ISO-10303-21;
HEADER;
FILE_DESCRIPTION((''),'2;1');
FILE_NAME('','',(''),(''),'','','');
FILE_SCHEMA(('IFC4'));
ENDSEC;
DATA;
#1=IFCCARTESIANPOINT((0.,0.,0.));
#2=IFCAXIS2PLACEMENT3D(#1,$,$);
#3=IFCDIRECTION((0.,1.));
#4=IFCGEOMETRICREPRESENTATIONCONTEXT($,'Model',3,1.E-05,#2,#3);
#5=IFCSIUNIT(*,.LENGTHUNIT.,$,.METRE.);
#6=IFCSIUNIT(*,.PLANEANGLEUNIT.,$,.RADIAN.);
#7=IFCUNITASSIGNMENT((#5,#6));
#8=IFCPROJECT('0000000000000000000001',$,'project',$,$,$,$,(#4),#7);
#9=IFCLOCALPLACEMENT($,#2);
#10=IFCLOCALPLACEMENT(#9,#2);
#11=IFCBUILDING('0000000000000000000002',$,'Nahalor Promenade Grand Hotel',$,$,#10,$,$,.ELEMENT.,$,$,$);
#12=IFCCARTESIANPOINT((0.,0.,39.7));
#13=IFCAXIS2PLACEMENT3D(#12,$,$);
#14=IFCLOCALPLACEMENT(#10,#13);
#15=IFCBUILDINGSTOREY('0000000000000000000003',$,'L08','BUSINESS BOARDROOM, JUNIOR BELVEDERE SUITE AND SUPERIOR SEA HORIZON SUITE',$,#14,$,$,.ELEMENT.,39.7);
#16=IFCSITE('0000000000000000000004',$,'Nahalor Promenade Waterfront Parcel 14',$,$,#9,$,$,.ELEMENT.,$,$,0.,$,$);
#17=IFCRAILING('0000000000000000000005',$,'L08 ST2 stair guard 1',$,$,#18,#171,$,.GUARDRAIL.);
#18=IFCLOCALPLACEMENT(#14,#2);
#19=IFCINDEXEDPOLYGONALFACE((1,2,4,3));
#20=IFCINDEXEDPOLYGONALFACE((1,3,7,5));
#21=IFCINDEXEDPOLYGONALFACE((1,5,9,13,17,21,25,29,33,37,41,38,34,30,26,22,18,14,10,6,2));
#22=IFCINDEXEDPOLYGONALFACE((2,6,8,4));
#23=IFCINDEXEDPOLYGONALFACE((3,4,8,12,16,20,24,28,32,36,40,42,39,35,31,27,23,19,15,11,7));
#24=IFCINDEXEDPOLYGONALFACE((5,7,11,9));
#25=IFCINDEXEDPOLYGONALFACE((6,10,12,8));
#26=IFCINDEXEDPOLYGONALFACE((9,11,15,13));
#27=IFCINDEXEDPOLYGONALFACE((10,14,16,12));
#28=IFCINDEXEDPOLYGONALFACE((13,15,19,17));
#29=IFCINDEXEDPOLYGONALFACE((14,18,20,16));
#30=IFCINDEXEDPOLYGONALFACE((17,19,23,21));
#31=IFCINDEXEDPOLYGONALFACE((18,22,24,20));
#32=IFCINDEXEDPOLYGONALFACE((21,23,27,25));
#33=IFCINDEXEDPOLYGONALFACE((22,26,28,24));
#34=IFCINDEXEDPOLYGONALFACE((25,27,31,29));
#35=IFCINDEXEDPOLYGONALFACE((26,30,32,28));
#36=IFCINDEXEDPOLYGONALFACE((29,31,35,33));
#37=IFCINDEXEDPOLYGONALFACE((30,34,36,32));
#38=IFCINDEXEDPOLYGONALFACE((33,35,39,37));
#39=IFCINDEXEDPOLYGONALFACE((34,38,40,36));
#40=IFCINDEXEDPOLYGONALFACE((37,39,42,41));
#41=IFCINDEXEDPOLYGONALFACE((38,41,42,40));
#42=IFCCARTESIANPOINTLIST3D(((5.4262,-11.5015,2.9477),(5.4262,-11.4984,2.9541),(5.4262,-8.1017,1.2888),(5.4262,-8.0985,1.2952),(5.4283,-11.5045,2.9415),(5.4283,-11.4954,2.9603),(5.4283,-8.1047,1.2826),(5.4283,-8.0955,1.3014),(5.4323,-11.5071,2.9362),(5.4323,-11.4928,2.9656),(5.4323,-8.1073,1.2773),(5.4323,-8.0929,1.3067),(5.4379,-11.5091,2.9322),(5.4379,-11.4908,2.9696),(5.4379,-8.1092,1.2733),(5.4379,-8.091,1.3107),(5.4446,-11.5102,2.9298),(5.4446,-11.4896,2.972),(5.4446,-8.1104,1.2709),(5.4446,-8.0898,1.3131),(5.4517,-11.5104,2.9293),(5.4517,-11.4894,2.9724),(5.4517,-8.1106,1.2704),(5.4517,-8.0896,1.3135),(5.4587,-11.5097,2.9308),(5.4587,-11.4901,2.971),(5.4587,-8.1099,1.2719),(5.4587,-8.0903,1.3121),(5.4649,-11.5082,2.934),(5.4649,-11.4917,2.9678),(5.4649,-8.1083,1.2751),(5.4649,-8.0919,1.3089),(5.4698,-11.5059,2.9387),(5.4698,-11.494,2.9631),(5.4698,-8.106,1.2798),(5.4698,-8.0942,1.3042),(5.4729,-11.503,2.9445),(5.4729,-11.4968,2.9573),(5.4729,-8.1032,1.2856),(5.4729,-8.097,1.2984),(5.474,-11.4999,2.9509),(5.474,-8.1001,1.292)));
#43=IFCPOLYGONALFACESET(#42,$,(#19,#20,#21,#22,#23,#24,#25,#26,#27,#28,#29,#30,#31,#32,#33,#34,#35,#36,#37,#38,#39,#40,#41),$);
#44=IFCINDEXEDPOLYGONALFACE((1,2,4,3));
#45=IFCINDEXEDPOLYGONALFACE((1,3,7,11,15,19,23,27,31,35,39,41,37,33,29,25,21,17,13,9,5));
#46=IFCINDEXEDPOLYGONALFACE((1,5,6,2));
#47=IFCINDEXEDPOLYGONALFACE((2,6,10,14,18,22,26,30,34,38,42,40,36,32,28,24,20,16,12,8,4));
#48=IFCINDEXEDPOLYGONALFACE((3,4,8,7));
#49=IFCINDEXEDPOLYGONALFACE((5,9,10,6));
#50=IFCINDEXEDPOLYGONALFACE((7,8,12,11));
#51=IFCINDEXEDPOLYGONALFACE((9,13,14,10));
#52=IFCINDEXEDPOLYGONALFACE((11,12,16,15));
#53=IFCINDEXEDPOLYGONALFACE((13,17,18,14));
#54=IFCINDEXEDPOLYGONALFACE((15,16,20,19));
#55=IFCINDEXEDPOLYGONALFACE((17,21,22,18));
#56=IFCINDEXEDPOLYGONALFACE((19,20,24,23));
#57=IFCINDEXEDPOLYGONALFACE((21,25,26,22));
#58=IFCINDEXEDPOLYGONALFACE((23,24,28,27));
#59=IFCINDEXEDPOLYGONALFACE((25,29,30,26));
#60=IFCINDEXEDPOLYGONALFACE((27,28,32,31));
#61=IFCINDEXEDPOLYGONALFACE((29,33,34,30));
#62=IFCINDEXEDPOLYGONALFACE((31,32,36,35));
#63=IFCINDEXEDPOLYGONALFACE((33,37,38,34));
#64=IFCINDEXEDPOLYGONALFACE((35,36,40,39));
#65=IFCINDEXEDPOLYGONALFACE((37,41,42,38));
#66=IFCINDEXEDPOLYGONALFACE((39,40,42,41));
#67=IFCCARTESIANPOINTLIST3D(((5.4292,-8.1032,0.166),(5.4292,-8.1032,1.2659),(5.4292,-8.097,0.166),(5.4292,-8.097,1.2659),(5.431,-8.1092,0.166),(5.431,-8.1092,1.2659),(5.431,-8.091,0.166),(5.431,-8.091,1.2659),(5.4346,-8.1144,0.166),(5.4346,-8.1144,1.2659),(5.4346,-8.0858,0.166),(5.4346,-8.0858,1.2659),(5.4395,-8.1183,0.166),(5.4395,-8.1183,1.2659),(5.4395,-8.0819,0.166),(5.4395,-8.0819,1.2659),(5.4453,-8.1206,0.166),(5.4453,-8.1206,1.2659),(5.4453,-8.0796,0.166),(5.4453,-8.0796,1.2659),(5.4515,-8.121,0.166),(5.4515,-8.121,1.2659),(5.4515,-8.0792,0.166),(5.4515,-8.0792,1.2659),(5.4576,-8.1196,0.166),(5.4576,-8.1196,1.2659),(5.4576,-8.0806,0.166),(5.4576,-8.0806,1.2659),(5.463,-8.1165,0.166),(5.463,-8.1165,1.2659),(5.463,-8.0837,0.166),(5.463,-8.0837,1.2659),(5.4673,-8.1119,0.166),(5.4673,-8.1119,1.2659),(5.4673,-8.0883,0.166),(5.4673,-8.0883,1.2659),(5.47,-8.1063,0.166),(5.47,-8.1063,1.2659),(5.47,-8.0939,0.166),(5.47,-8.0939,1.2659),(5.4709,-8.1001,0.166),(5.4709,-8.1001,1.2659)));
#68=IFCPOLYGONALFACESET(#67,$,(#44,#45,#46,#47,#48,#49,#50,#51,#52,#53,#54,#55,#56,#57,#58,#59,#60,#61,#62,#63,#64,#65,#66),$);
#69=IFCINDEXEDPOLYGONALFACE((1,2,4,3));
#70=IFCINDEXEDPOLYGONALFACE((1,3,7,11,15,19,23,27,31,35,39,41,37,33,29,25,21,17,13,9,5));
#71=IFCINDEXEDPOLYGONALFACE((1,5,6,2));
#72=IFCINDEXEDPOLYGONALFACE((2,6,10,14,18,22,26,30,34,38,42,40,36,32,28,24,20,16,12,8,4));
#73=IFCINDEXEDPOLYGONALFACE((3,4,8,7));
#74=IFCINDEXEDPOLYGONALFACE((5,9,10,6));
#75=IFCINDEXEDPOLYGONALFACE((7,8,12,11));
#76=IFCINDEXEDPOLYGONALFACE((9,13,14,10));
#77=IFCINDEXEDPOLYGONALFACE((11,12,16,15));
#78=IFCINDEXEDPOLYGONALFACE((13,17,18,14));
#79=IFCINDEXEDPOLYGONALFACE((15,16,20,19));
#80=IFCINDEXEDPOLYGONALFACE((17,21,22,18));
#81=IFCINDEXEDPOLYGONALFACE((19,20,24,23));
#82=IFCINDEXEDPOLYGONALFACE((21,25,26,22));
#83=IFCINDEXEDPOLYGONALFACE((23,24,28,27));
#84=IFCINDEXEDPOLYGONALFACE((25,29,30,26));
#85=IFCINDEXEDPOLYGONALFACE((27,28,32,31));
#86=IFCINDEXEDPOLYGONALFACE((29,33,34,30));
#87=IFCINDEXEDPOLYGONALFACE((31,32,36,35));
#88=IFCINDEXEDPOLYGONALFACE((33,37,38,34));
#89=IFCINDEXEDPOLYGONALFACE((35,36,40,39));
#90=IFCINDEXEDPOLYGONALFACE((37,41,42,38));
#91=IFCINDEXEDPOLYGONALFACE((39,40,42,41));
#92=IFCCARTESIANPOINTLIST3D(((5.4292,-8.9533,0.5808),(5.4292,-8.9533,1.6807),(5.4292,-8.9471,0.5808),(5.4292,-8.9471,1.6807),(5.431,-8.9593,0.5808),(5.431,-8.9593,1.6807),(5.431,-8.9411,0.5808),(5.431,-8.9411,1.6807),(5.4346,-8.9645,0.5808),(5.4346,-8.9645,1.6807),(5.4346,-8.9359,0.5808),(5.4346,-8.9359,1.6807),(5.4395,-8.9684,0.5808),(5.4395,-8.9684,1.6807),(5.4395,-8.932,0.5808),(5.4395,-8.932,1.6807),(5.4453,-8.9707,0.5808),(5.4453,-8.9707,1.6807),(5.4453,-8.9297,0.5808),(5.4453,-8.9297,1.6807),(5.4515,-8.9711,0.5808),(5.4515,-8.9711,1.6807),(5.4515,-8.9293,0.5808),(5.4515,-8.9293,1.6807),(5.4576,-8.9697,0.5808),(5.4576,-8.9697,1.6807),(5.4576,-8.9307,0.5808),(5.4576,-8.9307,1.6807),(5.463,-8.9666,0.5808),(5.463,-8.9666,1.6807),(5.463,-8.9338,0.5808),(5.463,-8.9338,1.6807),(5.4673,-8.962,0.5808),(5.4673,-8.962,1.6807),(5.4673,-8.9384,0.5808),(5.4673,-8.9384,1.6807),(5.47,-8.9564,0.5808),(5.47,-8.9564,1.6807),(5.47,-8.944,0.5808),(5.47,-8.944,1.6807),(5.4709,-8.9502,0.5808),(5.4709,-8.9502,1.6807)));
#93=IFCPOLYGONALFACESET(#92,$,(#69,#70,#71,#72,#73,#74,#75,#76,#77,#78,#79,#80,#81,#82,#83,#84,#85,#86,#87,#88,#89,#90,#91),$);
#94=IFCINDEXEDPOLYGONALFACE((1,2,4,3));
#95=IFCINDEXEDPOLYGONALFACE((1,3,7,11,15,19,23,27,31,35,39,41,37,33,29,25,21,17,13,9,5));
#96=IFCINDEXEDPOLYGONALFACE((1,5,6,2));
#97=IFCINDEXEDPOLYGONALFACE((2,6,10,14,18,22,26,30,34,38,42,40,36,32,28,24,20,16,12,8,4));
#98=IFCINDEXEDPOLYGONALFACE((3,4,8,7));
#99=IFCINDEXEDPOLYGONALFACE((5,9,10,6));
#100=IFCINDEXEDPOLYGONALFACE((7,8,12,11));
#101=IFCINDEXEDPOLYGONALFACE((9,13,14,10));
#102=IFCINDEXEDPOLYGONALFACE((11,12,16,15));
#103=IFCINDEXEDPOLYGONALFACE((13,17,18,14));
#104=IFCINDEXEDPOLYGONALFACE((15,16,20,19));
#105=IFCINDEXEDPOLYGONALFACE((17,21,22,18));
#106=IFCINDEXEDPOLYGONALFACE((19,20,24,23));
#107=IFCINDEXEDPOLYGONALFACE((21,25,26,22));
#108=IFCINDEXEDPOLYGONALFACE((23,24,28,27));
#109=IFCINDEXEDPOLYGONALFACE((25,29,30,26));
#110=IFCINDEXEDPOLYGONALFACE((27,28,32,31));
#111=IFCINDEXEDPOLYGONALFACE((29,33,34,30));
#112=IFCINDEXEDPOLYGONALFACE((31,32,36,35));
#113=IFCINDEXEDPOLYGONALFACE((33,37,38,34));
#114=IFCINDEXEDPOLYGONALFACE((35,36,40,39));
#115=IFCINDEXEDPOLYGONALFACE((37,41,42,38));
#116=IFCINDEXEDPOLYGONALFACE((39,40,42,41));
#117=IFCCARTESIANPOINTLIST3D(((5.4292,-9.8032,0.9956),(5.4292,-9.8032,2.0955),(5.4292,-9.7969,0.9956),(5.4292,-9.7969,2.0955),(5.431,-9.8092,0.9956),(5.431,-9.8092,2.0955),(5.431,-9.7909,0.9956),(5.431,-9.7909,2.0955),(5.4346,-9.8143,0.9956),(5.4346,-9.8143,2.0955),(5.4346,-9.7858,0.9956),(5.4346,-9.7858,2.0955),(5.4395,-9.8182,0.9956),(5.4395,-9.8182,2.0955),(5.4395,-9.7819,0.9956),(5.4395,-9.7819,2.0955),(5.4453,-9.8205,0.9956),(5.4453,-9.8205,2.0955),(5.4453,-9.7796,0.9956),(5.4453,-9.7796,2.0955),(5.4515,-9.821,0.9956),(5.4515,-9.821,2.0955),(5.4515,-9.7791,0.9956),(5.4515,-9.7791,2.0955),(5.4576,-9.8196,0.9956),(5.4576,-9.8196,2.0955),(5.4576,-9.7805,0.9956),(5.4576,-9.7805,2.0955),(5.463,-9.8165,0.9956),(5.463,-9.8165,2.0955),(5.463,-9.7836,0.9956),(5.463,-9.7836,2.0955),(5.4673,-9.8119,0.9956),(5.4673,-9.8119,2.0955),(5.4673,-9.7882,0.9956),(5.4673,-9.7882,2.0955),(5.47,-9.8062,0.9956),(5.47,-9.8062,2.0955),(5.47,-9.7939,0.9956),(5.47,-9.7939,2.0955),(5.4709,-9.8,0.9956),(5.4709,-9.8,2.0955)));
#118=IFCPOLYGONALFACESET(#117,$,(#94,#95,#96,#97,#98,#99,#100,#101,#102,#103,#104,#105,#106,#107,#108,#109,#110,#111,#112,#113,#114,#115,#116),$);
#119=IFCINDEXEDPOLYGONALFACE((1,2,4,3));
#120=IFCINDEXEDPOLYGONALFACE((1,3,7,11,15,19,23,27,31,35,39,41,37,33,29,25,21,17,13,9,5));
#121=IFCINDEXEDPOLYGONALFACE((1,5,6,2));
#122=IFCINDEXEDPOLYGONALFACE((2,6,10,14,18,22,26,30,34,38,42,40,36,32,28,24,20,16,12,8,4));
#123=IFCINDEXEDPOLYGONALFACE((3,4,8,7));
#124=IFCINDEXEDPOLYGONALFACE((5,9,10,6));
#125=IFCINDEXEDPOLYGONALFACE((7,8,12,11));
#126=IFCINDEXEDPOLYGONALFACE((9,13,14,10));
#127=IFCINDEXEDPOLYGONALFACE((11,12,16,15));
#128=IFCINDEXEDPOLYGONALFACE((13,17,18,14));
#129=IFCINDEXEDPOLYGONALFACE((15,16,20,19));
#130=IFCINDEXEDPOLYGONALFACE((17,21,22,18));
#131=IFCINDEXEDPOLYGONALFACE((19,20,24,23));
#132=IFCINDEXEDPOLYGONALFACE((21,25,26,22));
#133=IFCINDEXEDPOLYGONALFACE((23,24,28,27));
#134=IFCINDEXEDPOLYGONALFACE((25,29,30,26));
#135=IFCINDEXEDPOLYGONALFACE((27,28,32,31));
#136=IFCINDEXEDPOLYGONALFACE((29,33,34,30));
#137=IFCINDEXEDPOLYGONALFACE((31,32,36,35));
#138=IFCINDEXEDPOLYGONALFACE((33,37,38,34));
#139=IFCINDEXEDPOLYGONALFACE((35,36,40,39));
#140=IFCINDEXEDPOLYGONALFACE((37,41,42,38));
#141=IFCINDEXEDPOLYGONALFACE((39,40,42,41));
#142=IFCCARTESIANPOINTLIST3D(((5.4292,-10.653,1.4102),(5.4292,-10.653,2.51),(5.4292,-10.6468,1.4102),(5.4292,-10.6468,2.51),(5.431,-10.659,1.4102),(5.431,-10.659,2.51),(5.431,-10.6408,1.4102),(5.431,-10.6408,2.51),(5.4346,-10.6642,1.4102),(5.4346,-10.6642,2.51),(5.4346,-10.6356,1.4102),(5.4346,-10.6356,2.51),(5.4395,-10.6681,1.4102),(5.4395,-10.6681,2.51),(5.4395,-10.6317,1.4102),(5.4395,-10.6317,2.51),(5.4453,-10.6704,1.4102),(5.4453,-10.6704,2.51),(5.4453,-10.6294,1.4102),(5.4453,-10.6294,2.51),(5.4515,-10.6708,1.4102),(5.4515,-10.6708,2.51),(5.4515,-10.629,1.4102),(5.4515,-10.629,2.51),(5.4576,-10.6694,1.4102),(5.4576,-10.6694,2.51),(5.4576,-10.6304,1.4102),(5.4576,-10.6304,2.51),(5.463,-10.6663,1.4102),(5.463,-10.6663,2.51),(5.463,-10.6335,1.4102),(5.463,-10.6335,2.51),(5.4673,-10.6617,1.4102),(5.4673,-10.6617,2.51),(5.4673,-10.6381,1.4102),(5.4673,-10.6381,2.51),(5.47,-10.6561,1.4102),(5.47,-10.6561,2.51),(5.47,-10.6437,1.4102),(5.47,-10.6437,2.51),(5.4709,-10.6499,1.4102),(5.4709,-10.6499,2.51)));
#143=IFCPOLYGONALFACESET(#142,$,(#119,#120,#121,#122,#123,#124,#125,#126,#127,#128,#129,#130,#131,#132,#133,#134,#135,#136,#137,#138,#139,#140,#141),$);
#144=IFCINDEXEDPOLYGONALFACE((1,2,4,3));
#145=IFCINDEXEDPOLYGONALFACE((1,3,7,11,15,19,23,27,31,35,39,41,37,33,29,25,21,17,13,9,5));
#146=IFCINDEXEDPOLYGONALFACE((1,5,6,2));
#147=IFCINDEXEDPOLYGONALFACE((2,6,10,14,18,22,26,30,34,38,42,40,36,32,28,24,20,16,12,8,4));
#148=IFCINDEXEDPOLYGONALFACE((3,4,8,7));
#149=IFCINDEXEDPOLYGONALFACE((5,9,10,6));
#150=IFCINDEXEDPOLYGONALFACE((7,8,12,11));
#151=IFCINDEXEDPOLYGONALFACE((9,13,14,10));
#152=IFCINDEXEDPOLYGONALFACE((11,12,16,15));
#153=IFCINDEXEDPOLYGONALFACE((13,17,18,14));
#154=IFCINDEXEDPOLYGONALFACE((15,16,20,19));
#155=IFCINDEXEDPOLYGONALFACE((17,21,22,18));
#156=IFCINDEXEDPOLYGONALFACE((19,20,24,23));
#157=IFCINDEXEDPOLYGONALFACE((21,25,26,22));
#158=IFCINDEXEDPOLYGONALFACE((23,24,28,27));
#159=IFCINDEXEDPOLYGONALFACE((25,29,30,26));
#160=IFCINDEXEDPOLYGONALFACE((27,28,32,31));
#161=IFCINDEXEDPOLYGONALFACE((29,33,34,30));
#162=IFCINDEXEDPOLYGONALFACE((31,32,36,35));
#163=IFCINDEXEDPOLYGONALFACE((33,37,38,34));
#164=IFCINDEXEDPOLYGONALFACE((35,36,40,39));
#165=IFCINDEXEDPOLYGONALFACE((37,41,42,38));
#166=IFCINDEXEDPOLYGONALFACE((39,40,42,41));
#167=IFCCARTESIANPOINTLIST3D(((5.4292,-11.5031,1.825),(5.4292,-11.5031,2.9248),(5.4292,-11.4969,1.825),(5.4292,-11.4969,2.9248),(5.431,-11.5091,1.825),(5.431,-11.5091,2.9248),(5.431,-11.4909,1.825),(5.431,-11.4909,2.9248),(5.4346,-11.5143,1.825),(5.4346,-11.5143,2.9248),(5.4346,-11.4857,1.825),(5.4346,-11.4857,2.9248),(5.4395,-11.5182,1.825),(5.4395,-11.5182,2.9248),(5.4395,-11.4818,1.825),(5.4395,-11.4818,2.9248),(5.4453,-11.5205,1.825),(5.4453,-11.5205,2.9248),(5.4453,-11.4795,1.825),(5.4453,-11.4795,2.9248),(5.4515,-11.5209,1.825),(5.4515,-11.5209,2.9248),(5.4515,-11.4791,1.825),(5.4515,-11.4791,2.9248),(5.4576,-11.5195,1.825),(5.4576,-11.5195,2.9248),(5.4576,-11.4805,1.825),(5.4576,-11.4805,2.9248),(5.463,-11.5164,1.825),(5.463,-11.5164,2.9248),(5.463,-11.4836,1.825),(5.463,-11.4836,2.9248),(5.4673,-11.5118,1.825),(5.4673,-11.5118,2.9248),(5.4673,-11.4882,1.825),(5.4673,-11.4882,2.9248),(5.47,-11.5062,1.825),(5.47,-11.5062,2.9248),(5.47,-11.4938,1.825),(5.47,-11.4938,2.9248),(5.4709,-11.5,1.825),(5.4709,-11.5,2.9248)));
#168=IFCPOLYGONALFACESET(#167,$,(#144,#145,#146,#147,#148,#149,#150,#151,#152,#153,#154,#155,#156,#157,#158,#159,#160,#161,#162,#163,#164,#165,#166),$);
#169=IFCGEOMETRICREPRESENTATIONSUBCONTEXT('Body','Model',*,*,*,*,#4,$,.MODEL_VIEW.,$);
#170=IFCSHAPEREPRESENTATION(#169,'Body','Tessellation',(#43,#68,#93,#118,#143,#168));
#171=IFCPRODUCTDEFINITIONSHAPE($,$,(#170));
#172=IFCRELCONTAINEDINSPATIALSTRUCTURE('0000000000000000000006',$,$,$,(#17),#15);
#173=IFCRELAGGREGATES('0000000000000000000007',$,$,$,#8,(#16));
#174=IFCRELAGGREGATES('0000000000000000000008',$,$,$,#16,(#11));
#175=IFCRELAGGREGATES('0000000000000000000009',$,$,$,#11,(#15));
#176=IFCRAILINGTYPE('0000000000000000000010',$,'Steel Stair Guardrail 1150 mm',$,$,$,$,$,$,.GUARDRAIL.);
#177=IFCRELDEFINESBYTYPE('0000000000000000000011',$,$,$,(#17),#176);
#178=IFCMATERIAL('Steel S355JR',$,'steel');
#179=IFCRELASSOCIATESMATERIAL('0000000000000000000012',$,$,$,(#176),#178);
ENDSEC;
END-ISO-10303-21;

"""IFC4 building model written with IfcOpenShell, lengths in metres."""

from ifc_helpers import new_model, si_unit, direction, frame, origin, origin_2d, place, context, subcontext, project, spatial, circle, extrude, material, type_object, element, save


model = new_model("IFC4")

# Units and contexts
model_context = context("Model", 3, precision=1e-05, world=origin(), true_north=direction((0.0, 1.0)))
body_context = subcontext(model_context, "Body", "Model", "MODEL_VIEW")
ifc_project = project(units=[si_unit("LENGTHUNIT", "METRE"), si_unit("PLANEANGLEUNIT", "RADIAN")], contexts=[model_context])

# Site, building, storey
site_placement = place(None, origin())
site = spatial("IfcSite", under=ifc_project, at=site_placement, Name="Nahalor Promenade Waterfront Parcel 14", CompositionType="ELEMENT", RefElevation=0.0)
building_placement = place(site_placement, origin())
building = spatial("IfcBuilding", under=site, at=building_placement, Name="Nahalor Promenade Grand Hotel", CompositionType="ELEMENT")
storey_placement = place(building_placement, frame((0.0, 0.0, 39.7)))
storey = spatial("IfcBuildingStorey", under=building, at=storey_placement, Name="L08", Description="BUSINESS BOARDROOM, JUNIOR BELVEDERE SUITE AND SUPERIOR SEA HORIZON SUITE", CompositionType="ELEMENT", Elevation=39.7)

# Shared definitions
ifc_material_1 = material(Name="Steel S355JR", Category="steel")

# Railing
railing_type_1 = type_object("IfcRailingType", Name="Steel Stair Guardrail 1150 mm", PredefinedType="GUARDRAIL", material=ifc_material_1)
railing_1_placement = place(storey_placement, frame((5.45, -8.1001, 0.166)))
element("IfcRailing", 1, at=railing_1_placement, inside=storey, type_object=railing_type_1, Name="L08 ST2 stair guard 1", PredefinedType="GUARDRAIL", context=body_context, shape_type="SweptSolid", body=[
    extrude(circle(Radius=0.024, at=origin_2d()), frame((0.0, 0.0, 1.126), z_axis=(0.0, -0.898722, 0.438519), x_axis=(1.0, 0.0, 0.0)), (0.0, 0.0, 1.0), 3.783),
    extrude(circle(Radius=0.021, at=origin_2d()), origin(), (0.0, 0.0, 1.0), 1.0999),
    extrude(circle(Radius=0.021, at=origin_2d()), frame((0.0, -0.8501, 0.4148)), (0.0, 0.0, 1.0), 1.0999),
    extrude(circle(Radius=0.021, at=origin_2d()), frame((0.0, -1.7, 0.8296)), (0.0, 0.0, 1.0), 1.0999),
    extrude(circle(Radius=0.021, at=origin_2d()), frame((0.0, -2.5498, 1.2441)), (0.0, 0.0, 1.0), 1.0999),
    extrude(circle(Radius=0.021, at=origin_2d()), frame((0.0, -3.3999, 1.6589)), (0.0, 0.0, 1.0), 1.0999),
])

save(model, "model.ifc")
